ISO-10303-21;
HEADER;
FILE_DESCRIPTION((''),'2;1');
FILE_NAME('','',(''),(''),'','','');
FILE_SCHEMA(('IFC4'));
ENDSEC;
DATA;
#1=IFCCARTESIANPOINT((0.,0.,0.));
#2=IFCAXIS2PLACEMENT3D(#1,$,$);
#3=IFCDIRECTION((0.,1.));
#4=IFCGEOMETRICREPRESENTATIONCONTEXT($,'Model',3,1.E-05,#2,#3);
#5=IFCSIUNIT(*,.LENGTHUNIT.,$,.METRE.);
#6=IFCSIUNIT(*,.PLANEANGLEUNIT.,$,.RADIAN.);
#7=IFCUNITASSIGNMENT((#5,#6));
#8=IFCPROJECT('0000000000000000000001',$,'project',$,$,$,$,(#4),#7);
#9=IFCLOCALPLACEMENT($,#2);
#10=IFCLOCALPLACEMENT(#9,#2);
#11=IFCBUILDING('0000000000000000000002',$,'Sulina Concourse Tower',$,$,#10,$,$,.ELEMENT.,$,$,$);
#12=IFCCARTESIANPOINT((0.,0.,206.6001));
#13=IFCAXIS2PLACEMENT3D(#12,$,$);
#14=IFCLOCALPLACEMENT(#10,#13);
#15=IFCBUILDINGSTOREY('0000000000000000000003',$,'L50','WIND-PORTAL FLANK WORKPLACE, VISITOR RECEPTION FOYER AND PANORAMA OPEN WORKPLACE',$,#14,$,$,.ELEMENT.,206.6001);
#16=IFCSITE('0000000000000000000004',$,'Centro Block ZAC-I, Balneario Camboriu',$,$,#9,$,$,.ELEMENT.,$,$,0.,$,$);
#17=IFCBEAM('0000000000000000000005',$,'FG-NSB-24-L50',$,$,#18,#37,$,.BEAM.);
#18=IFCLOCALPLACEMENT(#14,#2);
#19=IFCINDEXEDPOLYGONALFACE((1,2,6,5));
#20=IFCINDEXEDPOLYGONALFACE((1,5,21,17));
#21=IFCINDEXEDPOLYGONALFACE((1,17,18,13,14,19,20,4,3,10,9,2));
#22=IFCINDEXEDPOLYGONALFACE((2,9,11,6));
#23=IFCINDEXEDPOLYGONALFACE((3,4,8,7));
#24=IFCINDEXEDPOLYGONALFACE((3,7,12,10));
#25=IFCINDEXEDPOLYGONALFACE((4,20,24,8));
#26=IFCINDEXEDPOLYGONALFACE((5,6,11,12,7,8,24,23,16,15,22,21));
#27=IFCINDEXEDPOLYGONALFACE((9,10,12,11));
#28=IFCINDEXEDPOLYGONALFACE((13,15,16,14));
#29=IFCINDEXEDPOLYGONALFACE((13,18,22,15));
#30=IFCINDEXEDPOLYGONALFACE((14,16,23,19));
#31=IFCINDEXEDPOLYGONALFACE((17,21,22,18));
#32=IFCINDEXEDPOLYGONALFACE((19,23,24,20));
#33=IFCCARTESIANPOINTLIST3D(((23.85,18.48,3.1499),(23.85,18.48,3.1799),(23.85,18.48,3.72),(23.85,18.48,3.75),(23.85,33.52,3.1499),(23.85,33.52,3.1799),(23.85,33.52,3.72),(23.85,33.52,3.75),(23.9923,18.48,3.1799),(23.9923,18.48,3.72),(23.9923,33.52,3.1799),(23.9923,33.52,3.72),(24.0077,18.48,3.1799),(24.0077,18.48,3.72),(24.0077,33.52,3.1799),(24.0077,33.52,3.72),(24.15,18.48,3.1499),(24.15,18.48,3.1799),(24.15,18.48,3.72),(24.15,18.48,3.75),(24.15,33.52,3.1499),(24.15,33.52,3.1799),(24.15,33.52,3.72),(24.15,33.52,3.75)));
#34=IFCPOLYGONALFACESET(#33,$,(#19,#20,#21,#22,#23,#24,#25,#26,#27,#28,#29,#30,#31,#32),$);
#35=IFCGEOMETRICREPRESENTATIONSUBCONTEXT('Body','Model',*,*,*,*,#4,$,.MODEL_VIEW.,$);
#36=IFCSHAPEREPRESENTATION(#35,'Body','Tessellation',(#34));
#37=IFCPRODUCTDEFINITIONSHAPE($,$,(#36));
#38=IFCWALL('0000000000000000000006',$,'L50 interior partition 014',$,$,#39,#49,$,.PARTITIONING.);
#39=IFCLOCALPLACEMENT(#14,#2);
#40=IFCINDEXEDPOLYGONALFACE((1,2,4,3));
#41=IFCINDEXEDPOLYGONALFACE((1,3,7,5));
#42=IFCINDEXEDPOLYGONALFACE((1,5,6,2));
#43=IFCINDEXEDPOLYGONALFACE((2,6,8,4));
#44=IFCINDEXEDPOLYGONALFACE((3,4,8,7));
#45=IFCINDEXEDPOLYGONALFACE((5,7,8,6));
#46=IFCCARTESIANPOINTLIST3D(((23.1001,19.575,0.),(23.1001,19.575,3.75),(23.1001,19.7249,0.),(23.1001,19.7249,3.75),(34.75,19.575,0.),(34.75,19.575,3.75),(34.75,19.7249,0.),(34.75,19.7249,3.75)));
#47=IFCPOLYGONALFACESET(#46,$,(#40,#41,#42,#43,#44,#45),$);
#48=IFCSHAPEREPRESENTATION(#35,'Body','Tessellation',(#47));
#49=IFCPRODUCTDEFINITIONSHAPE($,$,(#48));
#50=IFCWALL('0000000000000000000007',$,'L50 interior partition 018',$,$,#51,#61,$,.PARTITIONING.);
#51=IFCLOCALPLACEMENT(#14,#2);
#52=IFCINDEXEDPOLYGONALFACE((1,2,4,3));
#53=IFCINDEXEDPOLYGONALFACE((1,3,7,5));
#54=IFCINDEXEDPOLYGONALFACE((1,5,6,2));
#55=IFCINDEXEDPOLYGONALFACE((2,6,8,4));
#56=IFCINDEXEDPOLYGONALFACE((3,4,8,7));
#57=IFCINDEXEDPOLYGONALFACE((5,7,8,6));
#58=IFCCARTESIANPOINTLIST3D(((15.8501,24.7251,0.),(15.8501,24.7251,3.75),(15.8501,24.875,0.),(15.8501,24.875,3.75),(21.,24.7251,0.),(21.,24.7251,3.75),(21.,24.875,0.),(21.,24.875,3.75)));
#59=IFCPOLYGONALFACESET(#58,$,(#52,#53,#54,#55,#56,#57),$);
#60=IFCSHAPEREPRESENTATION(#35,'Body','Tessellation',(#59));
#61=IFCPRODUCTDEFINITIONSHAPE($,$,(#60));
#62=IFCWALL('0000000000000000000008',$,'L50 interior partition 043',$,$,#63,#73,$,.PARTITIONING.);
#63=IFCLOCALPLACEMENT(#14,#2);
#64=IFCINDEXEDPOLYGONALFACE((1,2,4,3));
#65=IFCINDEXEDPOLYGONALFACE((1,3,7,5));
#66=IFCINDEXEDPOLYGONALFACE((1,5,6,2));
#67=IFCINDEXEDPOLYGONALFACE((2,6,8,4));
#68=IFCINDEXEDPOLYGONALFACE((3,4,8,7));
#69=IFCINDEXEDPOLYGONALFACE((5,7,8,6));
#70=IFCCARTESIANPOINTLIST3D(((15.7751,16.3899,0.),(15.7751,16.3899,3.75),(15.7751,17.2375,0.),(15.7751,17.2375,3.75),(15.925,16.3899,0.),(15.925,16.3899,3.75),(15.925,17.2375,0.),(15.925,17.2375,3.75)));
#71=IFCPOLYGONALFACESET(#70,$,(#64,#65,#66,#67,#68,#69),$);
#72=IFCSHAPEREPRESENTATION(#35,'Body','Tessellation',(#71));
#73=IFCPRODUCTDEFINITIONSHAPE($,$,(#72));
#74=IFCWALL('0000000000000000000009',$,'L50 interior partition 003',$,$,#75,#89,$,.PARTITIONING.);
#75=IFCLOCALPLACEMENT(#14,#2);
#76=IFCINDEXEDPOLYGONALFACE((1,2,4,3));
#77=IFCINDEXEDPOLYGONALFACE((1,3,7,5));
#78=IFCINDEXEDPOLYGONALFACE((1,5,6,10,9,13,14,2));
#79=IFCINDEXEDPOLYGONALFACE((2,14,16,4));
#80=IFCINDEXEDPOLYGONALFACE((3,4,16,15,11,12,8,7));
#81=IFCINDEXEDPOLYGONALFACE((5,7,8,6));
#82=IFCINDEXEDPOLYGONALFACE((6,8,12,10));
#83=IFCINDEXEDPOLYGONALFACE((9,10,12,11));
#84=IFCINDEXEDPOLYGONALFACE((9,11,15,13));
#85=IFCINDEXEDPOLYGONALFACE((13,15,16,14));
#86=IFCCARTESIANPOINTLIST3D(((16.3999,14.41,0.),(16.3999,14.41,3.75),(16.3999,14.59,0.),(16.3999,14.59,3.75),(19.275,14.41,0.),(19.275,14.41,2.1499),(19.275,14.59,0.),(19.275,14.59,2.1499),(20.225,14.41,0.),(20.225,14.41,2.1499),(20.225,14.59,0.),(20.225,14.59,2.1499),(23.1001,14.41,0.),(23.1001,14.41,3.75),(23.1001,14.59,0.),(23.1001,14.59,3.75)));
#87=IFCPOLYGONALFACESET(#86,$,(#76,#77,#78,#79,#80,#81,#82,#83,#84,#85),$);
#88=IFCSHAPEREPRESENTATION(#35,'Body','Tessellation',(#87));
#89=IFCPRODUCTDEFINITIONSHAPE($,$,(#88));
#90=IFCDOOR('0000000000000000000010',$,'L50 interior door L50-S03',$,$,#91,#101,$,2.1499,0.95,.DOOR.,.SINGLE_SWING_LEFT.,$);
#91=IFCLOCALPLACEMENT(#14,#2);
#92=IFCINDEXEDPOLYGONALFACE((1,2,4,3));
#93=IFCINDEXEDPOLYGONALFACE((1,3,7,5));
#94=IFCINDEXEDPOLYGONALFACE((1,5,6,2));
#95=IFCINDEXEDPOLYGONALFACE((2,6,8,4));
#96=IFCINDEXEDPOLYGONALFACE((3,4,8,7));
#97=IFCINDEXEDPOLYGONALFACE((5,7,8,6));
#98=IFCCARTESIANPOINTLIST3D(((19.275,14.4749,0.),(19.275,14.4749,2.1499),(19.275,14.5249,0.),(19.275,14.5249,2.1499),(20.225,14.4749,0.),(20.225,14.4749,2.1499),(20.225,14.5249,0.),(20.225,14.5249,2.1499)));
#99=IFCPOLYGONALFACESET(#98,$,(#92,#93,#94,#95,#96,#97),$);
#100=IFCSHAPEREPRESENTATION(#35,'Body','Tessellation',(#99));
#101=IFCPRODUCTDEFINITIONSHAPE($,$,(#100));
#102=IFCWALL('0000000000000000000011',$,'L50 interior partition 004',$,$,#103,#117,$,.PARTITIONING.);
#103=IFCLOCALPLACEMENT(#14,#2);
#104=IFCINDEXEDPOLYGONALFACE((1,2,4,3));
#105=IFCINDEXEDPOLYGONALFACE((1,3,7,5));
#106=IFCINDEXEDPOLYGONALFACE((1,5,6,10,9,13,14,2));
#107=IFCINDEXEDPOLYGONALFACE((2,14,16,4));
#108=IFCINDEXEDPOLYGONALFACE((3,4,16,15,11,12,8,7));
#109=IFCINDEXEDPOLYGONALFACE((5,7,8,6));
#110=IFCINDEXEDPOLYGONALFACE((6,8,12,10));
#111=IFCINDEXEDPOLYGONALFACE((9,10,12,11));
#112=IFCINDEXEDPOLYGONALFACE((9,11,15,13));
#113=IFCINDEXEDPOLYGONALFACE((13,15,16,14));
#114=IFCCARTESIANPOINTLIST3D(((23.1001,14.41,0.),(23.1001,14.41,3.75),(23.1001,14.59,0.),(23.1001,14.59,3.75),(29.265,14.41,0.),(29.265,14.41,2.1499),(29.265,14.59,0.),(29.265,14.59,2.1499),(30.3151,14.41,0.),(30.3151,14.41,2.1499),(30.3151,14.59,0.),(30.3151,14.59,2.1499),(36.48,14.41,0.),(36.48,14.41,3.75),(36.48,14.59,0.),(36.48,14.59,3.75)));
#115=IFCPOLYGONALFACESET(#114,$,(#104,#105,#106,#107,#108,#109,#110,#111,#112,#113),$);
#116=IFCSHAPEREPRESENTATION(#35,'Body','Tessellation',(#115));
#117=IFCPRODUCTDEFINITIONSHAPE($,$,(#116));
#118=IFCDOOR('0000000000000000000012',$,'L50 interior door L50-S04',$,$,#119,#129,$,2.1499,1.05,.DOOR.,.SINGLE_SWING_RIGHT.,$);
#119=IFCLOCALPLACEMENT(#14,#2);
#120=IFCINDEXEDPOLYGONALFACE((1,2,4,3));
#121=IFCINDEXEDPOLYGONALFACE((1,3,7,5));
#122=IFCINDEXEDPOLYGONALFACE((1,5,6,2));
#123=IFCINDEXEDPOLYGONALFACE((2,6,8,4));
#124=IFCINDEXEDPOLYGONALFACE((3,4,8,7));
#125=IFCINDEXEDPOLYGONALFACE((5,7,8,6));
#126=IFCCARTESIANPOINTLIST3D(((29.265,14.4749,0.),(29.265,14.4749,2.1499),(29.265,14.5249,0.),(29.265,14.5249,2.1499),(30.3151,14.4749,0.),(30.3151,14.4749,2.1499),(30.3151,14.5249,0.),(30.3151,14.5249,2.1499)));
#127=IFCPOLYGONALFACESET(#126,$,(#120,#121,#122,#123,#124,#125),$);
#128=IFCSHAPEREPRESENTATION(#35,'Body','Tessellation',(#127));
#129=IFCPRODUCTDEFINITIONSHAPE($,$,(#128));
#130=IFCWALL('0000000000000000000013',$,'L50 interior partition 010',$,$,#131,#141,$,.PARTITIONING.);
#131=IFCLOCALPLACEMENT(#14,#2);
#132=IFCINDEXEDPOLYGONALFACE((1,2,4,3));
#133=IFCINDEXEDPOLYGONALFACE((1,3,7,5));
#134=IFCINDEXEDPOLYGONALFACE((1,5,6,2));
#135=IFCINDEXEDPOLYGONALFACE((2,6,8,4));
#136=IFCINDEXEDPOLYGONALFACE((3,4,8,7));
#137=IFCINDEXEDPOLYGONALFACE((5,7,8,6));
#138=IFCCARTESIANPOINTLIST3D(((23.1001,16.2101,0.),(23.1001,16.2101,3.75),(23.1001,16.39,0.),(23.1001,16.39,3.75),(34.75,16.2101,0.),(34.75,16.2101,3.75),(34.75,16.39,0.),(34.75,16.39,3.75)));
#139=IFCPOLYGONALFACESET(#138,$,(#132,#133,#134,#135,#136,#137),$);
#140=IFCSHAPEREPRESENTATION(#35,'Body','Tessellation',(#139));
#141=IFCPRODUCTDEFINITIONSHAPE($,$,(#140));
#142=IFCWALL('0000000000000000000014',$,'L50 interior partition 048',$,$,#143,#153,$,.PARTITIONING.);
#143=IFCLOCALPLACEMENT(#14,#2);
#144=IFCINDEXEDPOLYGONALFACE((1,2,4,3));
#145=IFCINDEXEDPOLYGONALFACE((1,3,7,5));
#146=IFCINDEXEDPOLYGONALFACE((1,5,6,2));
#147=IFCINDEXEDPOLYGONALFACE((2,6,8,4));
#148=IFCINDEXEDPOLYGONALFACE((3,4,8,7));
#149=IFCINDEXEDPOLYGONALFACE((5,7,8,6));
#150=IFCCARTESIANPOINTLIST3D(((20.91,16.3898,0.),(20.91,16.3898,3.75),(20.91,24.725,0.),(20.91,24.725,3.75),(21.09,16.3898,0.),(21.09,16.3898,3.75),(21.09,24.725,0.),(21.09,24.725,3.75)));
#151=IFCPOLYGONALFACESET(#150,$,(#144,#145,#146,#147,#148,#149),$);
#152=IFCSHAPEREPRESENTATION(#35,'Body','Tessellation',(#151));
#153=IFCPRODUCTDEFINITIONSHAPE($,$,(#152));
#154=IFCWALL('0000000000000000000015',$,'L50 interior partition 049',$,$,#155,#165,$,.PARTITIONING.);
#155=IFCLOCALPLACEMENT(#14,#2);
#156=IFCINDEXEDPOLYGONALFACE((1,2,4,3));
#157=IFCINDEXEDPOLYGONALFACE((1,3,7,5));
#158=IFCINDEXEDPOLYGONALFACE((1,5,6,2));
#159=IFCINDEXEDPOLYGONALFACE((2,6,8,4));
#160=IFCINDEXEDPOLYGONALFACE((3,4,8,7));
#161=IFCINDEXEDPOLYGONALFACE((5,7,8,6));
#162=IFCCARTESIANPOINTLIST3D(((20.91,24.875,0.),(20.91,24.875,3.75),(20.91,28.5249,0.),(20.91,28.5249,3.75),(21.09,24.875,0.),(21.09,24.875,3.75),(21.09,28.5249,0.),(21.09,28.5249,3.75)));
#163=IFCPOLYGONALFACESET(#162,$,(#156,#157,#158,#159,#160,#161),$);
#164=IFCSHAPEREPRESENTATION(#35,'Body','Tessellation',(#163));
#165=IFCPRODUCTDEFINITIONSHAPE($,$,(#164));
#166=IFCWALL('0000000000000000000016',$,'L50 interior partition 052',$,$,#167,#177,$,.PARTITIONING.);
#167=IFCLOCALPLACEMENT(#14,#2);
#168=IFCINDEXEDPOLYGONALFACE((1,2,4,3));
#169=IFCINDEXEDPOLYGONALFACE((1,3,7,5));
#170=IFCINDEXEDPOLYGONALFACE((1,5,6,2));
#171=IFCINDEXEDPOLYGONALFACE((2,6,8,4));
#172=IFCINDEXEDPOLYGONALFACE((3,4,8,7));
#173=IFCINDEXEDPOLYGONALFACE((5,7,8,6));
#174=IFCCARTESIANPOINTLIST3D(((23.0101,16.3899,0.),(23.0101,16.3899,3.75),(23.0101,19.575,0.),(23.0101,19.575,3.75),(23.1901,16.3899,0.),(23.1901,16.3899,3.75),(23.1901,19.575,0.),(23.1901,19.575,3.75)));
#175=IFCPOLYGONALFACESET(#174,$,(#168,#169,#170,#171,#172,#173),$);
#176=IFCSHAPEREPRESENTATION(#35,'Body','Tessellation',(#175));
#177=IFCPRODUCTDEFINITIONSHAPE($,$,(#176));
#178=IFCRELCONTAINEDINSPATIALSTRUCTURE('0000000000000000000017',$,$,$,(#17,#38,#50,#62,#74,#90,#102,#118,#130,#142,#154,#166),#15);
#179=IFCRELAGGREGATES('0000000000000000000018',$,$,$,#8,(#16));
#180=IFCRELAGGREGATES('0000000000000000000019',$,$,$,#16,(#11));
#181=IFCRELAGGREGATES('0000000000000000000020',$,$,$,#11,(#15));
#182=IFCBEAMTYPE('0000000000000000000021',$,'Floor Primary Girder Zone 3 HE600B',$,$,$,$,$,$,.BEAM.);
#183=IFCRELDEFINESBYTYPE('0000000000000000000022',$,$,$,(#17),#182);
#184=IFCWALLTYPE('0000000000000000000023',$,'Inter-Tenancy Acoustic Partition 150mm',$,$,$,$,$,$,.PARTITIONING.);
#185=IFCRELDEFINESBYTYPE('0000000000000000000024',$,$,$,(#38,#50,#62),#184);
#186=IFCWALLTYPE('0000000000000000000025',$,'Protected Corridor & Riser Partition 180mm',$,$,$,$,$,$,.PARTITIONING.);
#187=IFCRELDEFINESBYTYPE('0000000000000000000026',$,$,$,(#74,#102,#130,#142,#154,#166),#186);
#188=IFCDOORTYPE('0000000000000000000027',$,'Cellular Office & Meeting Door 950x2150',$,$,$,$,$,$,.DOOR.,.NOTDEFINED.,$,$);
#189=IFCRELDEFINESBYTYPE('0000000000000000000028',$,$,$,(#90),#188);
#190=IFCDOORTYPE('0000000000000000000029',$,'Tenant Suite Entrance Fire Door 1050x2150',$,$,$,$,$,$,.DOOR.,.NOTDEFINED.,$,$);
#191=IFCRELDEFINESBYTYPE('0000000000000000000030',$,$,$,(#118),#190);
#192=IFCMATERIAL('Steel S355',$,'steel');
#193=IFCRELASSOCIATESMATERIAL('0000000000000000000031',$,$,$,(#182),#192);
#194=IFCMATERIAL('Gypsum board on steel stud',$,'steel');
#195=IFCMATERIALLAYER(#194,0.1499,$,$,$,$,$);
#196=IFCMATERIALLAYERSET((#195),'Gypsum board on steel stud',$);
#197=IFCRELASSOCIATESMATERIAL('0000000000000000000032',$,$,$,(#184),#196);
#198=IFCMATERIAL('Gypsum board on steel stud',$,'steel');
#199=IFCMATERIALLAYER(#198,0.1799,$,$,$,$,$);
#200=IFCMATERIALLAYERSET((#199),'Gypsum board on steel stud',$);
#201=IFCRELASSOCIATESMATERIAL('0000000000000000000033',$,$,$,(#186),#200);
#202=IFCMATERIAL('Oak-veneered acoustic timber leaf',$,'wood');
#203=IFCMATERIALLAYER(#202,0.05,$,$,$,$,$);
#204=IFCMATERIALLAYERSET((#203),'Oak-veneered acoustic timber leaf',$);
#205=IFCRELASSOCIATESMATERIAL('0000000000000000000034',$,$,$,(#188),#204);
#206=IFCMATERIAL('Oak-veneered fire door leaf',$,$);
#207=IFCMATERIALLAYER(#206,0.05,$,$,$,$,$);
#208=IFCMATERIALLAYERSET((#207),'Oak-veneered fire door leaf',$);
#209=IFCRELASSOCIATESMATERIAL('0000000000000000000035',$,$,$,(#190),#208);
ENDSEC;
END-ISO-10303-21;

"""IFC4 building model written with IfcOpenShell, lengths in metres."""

from ifc_helpers import new_model, si_unit, direction, frame, frame_2d, origin, origin_2d, place, context, subcontext, project, spatial, rectangle, i_section, extrude, material, layer, layer_set, material_profile, profile_set, type_object, element, fill, save


model = new_model("IFC4")

# Units and contexts
model_context = context("Model", 3, precision=1e-05, world=origin(), true_north=direction((0.0, 1.0)))
body_context = subcontext(model_context, "Body", "Model", "MODEL_VIEW")
ifc_project = project(units=[si_unit("LENGTHUNIT", "METRE"), si_unit("PLANEANGLEUNIT", "RADIAN")], contexts=[model_context])

# Site, building, storey
site_placement = place(None, origin())
site = spatial("IfcSite", under=ifc_project, at=site_placement, Name="Centro Block ZAC-I, Balneario Camboriu", CompositionType="ELEMENT", RefElevation=0.0)
building_placement = place(site_placement, origin())
building = spatial("IfcBuilding", under=site, at=building_placement, Name="Sulina Concourse Tower", CompositionType="ELEMENT")
storey_placement = place(building_placement, frame((0.0, 0.0, 206.6001)))
storey = spatial("IfcBuildingStorey", under=building, at=storey_placement, Name="L50", Description="WIND-PORTAL FLANK WORKPLACE, VISITOR RECEPTION FOYER AND PANORAMA OPEN WORKPLACE", CompositionType="ELEMENT", Elevation=206.6001)

# Beam
ifc_material_1 = material(Name="Steel S355", Category="steel")
ifc_material_profile_1 = material_profile(ifc_material_1, i_section(OverallWidth=0.3, OverallDepth=0.6001, WebThickness=0.0154, FlangeThickness=0.03, at=origin_2d()), Name="HE 600 B")
ifc_profile_set_1 = profile_set([ifc_material_profile_1], Name="Steel S355")
beam_type_1 = type_object("IfcBeamType", Name="Floor Primary Girder Zone 3 HE600B", PredefinedType="BEAM", material=ifc_profile_set_1)
beam_1_placement = place(storey_placement, frame((24.0, 18.48, 3.45), z_axis=(0.0, 1.0, 0.0), x_axis=(-1.0, 0.0, 0.0)))
element("IfcBeam", 1, at=beam_1_placement, inside=storey, type_object=beam_type_1, Name="FG-NSB-24-L50", PredefinedType="BEAM", context=body_context, shape_type="SweptSolid", body=[
    extrude(i_section(OverallWidth=0.3, OverallDepth=0.6001, WebThickness=0.0154, FlangeThickness=0.03, at=origin_2d()), origin(), (0.0, 0.0, 1.0), 15.04),
])

# Walls
ifc_material_2 = material(Name="Gypsum board on steel stud", Category="steel")
ifc_layer_1 = layer(ifc_material_2, 0.1499)
ifc_layer_set_1 = layer_set([ifc_layer_1], Name="Gypsum board on steel stud")
wall_type_1 = type_object("IfcWallType", Name="Inter-Tenancy Acoustic Partition 150mm", PredefinedType="PARTITIONING", material=ifc_layer_set_1)
wall_1_placement = place(storey_placement, frame((23.1001, 19.6499, 0.0), z_axis=(0.0, 0.0, 1.0), x_axis=(1.0, 0.0, 0.0)))
element("IfcWall", 2, at=wall_1_placement, inside=storey, type_object=wall_type_1, Name="L50 interior partition 014", PredefinedType="PARTITIONING", context=body_context, shape_type="SweptSolid", body=[
    extrude(rectangle(XDim=11.6499, YDim=0.1499, at=frame_2d((5.825, 0.0))), origin(), (0.0, 0.0, 1.0), 3.75),
])
wall_2_placement = place(storey_placement, frame((15.8501, 24.8, 0.0), z_axis=(0.0, 0.0, 1.0), x_axis=(1.0, 0.0, 0.0)))
element("IfcWall", 3, at=wall_2_placement, inside=storey, type_object=wall_type_1, Name="L50 interior partition 018", PredefinedType="PARTITIONING", context=body_context, shape_type="SweptSolid", body=[
    extrude(rectangle(XDim=5.1499, YDim=0.1499, at=frame_2d((2.575, 0.0))), origin(), (0.0, 0.0, 1.0), 3.75),
])
wall_3_placement = place(storey_placement, frame((15.8501, 16.3899, 0.0), z_axis=(0.0, 0.0, 1.0), x_axis=(0.0, 1.0, 0.0)))
element("IfcWall", 4, at=wall_3_placement, inside=storey, type_object=wall_type_1, Name="L50 interior partition 043", PredefinedType="PARTITIONING", context=body_context, shape_type="SweptSolid", body=[
    extrude(rectangle(XDim=0.8477, YDim=0.1499, at=frame_2d((0.4238, 0.0))), origin(), (0.0, 0.0, 1.0), 3.75),
])

# Walls, openings, doors
ifc_material_3 = material(Name="Gypsum board on steel stud", Category="steel")
ifc_layer_2 = layer(ifc_material_3, 0.1799)
ifc_layer_set_2 = layer_set([ifc_layer_2], Name="Gypsum board on steel stud")
wall_type_2 = type_object("IfcWallType", Name="Protected Corridor & Riser Partition 180mm", PredefinedType="PARTITIONING", material=ifc_layer_set_2)
wall_4_placement = place(storey_placement, frame((16.3999, 14.5, 0.0), z_axis=(0.0, 0.0, 1.0), x_axis=(1.0, 0.0, 0.0)))
wall_4 = element("IfcWall", 5, at=wall_4_placement, inside=storey, type_object=wall_type_2, Name="L50 interior partition 003", PredefinedType="PARTITIONING", context=body_context, shape_type="SweptSolid", body=[
    extrude(rectangle(XDim=6.7002, YDim=0.1799, at=frame_2d((3.3501, 0.0))), origin(), (0.0, 0.0, 1.0), 3.75),
])
opening_1_placement = place(wall_4_placement, frame((2.875, 0.0, 0.0)))
opening_1 = element("IfcOpeningElement", 6, at=opening_1_placement, cuts=wall_4, PredefinedType="OPENING", context=body_context, shape_type="SweptSolid", body=[
    extrude(rectangle(XDim=0.95, YDim=2.1499, at=frame_2d((0.4751, 1.075))), frame((0.0, 0.0999, 0.0), z_axis=(0.0, -1.0, 0.0), x_axis=(1.0, 0.0, 0.0)), (0.0, 0.0, 1.0), 0.2),
])
ifc_material_4 = material(Name="Oak-veneered acoustic timber leaf", Category="wood")
ifc_layer_3 = layer(ifc_material_4, 0.05)
ifc_layer_set_3 = layer_set([ifc_layer_3], Name="Oak-veneered acoustic timber leaf")
door_type_1 = type_object("IfcDoorType", Name="Cellular Office & Meeting Door 950x2150", OperationType="NOTDEFINED", PredefinedType="DOOR", material=ifc_layer_set_3)
door_1_placement = place(opening_1_placement, origin())
door_1 = element("IfcDoor", 7, at=door_1_placement, inside=storey, type_object=door_type_1, Name="L50 interior door L50-S03", OperationType="SINGLE_SWING_LEFT", OverallHeight=2.1499, OverallWidth=0.95, PredefinedType="DOOR", context=body_context, shape_type="SweptSolid", body=[
    extrude(rectangle(XDim=0.95, YDim=2.1499, at=frame_2d((0.4751, 1.075))), frame((0.0, 0.0249, 0.0), z_axis=(0.0, -1.0, 0.0), x_axis=(1.0, 0.0, 0.0)), (0.0, 0.0, 1.0), 0.05),
])
fill(opening_1, door_1)
wall_5_placement = place(storey_placement, frame((23.1001, 14.5, 0.0), z_axis=(0.0, 0.0, 1.0), x_axis=(1.0, 0.0, 0.0)))
wall_5 = element("IfcWall", 8, at=wall_5_placement, inside=storey, type_object=wall_type_2, Name="L50 interior partition 004", PredefinedType="PARTITIONING", context=body_context, shape_type="SweptSolid", body=[
    extrude(rectangle(XDim=13.3799, YDim=0.1799, at=frame_2d((6.6899, 0.0))), origin(), (0.0, 0.0, 1.0), 3.75),
])
opening_2_placement = place(wall_5_placement, frame((6.165, 0.0, 0.0)))
opening_2 = element("IfcOpeningElement", 9, at=opening_2_placement, cuts=wall_5, PredefinedType="OPENING", context=body_context, shape_type="SweptSolid", body=[
    extrude(rectangle(XDim=1.05, YDim=2.1499, at=frame_2d((0.5249, 1.075))), frame((0.0, 0.0999, 0.0), z_axis=(0.0, -1.0, 0.0), x_axis=(1.0, 0.0, 0.0)), (0.0, 0.0, 1.0), 0.2),
])
ifc_material_5 = material(Name="Oak-veneered fire door leaf")
ifc_layer_4 = layer(ifc_material_5, 0.05)
ifc_layer_set_4 = layer_set([ifc_layer_4], Name="Oak-veneered fire door leaf")
door_type_2 = type_object("IfcDoorType", Name="Tenant Suite Entrance Fire Door 1050x2150", OperationType="NOTDEFINED", PredefinedType="DOOR", material=ifc_layer_set_4)
door_2_placement = place(opening_2_placement, origin())
door_2 = element("IfcDoor", 10, at=door_2_placement, inside=storey, type_object=door_type_2, Name="L50 interior door L50-S04", OperationType="SINGLE_SWING_RIGHT", OverallHeight=2.1499, OverallWidth=1.05, PredefinedType="DOOR", context=body_context, shape_type="SweptSolid", body=[
    extrude(rectangle(XDim=1.05, YDim=2.1499, at=frame_2d((0.5249, 1.075))), frame((0.0, 0.0249, 0.0), z_axis=(0.0, -1.0, 0.0), x_axis=(1.0, 0.0, 0.0)), (0.0, 0.0, 1.0), 0.05),
])
fill(opening_2, door_2)

# Walls
wall_6_placement = place(storey_placement, frame((23.1001, 16.3, 0.0), z_axis=(0.0, 0.0, 1.0), x_axis=(1.0, 0.0, 0.0)))
element("IfcWall", 11, at=wall_6_placement, inside=storey, type_object=wall_type_2, Name="L50 interior partition 010", PredefinedType="PARTITIONING", context=body_context, shape_type="SweptSolid", body=[
    extrude(rectangle(XDim=11.6499, YDim=0.1799, at=frame_2d((5.825, 0.0))), origin(), (0.0, 0.0, 1.0), 3.75),
])
wall_7_placement = place(storey_placement, frame((21.0, 16.3899, 0.0), z_axis=(0.0, 0.0, 1.0), x_axis=(0.0, 1.0, 0.0)))
element("IfcWall", 12, at=wall_7_placement, inside=storey, type_object=wall_type_2, Name="L50 interior partition 048", PredefinedType="PARTITIONING", context=body_context, shape_type="SweptSolid", body=[
    extrude(rectangle(XDim=8.3352, YDim=0.1799, at=frame_2d((4.1675, 0.0))), origin(), (0.0, 0.0, 1.0), 3.75),
])
wall_8_placement = place(storey_placement, frame((21.0, 24.875, 0.0), z_axis=(0.0, 0.0, 1.0), x_axis=(0.0, 1.0, 0.0)))
element("IfcWall", 13, at=wall_8_placement, inside=storey, type_object=wall_type_2, Name="L50 interior partition 049", PredefinedType="PARTITIONING", context=body_context, shape_type="SweptSolid", body=[
    extrude(rectangle(XDim=3.6499, YDim=0.1799, at=frame_2d((1.825, 0.0))), origin(), (0.0, 0.0, 1.0), 3.75),
])
wall_9_placement = place(storey_placement, frame((23.1001, 16.3899, 0.0), z_axis=(0.0, 0.0, 1.0), x_axis=(0.0, 1.0, 0.0)))
element("IfcWall", 14, at=wall_9_placement, inside=storey, type_object=wall_type_2, Name="L50 interior partition 052", PredefinedType="PARTITIONING", context=body_context, shape_type="SweptSolid", body=[
    extrude(rectangle(XDim=3.1851, YDim=0.1799, at=frame_2d((1.5925, 0.0))), origin(), (0.0, 0.0, 1.0), 3.75),
])

save(model, "model.ifc")
